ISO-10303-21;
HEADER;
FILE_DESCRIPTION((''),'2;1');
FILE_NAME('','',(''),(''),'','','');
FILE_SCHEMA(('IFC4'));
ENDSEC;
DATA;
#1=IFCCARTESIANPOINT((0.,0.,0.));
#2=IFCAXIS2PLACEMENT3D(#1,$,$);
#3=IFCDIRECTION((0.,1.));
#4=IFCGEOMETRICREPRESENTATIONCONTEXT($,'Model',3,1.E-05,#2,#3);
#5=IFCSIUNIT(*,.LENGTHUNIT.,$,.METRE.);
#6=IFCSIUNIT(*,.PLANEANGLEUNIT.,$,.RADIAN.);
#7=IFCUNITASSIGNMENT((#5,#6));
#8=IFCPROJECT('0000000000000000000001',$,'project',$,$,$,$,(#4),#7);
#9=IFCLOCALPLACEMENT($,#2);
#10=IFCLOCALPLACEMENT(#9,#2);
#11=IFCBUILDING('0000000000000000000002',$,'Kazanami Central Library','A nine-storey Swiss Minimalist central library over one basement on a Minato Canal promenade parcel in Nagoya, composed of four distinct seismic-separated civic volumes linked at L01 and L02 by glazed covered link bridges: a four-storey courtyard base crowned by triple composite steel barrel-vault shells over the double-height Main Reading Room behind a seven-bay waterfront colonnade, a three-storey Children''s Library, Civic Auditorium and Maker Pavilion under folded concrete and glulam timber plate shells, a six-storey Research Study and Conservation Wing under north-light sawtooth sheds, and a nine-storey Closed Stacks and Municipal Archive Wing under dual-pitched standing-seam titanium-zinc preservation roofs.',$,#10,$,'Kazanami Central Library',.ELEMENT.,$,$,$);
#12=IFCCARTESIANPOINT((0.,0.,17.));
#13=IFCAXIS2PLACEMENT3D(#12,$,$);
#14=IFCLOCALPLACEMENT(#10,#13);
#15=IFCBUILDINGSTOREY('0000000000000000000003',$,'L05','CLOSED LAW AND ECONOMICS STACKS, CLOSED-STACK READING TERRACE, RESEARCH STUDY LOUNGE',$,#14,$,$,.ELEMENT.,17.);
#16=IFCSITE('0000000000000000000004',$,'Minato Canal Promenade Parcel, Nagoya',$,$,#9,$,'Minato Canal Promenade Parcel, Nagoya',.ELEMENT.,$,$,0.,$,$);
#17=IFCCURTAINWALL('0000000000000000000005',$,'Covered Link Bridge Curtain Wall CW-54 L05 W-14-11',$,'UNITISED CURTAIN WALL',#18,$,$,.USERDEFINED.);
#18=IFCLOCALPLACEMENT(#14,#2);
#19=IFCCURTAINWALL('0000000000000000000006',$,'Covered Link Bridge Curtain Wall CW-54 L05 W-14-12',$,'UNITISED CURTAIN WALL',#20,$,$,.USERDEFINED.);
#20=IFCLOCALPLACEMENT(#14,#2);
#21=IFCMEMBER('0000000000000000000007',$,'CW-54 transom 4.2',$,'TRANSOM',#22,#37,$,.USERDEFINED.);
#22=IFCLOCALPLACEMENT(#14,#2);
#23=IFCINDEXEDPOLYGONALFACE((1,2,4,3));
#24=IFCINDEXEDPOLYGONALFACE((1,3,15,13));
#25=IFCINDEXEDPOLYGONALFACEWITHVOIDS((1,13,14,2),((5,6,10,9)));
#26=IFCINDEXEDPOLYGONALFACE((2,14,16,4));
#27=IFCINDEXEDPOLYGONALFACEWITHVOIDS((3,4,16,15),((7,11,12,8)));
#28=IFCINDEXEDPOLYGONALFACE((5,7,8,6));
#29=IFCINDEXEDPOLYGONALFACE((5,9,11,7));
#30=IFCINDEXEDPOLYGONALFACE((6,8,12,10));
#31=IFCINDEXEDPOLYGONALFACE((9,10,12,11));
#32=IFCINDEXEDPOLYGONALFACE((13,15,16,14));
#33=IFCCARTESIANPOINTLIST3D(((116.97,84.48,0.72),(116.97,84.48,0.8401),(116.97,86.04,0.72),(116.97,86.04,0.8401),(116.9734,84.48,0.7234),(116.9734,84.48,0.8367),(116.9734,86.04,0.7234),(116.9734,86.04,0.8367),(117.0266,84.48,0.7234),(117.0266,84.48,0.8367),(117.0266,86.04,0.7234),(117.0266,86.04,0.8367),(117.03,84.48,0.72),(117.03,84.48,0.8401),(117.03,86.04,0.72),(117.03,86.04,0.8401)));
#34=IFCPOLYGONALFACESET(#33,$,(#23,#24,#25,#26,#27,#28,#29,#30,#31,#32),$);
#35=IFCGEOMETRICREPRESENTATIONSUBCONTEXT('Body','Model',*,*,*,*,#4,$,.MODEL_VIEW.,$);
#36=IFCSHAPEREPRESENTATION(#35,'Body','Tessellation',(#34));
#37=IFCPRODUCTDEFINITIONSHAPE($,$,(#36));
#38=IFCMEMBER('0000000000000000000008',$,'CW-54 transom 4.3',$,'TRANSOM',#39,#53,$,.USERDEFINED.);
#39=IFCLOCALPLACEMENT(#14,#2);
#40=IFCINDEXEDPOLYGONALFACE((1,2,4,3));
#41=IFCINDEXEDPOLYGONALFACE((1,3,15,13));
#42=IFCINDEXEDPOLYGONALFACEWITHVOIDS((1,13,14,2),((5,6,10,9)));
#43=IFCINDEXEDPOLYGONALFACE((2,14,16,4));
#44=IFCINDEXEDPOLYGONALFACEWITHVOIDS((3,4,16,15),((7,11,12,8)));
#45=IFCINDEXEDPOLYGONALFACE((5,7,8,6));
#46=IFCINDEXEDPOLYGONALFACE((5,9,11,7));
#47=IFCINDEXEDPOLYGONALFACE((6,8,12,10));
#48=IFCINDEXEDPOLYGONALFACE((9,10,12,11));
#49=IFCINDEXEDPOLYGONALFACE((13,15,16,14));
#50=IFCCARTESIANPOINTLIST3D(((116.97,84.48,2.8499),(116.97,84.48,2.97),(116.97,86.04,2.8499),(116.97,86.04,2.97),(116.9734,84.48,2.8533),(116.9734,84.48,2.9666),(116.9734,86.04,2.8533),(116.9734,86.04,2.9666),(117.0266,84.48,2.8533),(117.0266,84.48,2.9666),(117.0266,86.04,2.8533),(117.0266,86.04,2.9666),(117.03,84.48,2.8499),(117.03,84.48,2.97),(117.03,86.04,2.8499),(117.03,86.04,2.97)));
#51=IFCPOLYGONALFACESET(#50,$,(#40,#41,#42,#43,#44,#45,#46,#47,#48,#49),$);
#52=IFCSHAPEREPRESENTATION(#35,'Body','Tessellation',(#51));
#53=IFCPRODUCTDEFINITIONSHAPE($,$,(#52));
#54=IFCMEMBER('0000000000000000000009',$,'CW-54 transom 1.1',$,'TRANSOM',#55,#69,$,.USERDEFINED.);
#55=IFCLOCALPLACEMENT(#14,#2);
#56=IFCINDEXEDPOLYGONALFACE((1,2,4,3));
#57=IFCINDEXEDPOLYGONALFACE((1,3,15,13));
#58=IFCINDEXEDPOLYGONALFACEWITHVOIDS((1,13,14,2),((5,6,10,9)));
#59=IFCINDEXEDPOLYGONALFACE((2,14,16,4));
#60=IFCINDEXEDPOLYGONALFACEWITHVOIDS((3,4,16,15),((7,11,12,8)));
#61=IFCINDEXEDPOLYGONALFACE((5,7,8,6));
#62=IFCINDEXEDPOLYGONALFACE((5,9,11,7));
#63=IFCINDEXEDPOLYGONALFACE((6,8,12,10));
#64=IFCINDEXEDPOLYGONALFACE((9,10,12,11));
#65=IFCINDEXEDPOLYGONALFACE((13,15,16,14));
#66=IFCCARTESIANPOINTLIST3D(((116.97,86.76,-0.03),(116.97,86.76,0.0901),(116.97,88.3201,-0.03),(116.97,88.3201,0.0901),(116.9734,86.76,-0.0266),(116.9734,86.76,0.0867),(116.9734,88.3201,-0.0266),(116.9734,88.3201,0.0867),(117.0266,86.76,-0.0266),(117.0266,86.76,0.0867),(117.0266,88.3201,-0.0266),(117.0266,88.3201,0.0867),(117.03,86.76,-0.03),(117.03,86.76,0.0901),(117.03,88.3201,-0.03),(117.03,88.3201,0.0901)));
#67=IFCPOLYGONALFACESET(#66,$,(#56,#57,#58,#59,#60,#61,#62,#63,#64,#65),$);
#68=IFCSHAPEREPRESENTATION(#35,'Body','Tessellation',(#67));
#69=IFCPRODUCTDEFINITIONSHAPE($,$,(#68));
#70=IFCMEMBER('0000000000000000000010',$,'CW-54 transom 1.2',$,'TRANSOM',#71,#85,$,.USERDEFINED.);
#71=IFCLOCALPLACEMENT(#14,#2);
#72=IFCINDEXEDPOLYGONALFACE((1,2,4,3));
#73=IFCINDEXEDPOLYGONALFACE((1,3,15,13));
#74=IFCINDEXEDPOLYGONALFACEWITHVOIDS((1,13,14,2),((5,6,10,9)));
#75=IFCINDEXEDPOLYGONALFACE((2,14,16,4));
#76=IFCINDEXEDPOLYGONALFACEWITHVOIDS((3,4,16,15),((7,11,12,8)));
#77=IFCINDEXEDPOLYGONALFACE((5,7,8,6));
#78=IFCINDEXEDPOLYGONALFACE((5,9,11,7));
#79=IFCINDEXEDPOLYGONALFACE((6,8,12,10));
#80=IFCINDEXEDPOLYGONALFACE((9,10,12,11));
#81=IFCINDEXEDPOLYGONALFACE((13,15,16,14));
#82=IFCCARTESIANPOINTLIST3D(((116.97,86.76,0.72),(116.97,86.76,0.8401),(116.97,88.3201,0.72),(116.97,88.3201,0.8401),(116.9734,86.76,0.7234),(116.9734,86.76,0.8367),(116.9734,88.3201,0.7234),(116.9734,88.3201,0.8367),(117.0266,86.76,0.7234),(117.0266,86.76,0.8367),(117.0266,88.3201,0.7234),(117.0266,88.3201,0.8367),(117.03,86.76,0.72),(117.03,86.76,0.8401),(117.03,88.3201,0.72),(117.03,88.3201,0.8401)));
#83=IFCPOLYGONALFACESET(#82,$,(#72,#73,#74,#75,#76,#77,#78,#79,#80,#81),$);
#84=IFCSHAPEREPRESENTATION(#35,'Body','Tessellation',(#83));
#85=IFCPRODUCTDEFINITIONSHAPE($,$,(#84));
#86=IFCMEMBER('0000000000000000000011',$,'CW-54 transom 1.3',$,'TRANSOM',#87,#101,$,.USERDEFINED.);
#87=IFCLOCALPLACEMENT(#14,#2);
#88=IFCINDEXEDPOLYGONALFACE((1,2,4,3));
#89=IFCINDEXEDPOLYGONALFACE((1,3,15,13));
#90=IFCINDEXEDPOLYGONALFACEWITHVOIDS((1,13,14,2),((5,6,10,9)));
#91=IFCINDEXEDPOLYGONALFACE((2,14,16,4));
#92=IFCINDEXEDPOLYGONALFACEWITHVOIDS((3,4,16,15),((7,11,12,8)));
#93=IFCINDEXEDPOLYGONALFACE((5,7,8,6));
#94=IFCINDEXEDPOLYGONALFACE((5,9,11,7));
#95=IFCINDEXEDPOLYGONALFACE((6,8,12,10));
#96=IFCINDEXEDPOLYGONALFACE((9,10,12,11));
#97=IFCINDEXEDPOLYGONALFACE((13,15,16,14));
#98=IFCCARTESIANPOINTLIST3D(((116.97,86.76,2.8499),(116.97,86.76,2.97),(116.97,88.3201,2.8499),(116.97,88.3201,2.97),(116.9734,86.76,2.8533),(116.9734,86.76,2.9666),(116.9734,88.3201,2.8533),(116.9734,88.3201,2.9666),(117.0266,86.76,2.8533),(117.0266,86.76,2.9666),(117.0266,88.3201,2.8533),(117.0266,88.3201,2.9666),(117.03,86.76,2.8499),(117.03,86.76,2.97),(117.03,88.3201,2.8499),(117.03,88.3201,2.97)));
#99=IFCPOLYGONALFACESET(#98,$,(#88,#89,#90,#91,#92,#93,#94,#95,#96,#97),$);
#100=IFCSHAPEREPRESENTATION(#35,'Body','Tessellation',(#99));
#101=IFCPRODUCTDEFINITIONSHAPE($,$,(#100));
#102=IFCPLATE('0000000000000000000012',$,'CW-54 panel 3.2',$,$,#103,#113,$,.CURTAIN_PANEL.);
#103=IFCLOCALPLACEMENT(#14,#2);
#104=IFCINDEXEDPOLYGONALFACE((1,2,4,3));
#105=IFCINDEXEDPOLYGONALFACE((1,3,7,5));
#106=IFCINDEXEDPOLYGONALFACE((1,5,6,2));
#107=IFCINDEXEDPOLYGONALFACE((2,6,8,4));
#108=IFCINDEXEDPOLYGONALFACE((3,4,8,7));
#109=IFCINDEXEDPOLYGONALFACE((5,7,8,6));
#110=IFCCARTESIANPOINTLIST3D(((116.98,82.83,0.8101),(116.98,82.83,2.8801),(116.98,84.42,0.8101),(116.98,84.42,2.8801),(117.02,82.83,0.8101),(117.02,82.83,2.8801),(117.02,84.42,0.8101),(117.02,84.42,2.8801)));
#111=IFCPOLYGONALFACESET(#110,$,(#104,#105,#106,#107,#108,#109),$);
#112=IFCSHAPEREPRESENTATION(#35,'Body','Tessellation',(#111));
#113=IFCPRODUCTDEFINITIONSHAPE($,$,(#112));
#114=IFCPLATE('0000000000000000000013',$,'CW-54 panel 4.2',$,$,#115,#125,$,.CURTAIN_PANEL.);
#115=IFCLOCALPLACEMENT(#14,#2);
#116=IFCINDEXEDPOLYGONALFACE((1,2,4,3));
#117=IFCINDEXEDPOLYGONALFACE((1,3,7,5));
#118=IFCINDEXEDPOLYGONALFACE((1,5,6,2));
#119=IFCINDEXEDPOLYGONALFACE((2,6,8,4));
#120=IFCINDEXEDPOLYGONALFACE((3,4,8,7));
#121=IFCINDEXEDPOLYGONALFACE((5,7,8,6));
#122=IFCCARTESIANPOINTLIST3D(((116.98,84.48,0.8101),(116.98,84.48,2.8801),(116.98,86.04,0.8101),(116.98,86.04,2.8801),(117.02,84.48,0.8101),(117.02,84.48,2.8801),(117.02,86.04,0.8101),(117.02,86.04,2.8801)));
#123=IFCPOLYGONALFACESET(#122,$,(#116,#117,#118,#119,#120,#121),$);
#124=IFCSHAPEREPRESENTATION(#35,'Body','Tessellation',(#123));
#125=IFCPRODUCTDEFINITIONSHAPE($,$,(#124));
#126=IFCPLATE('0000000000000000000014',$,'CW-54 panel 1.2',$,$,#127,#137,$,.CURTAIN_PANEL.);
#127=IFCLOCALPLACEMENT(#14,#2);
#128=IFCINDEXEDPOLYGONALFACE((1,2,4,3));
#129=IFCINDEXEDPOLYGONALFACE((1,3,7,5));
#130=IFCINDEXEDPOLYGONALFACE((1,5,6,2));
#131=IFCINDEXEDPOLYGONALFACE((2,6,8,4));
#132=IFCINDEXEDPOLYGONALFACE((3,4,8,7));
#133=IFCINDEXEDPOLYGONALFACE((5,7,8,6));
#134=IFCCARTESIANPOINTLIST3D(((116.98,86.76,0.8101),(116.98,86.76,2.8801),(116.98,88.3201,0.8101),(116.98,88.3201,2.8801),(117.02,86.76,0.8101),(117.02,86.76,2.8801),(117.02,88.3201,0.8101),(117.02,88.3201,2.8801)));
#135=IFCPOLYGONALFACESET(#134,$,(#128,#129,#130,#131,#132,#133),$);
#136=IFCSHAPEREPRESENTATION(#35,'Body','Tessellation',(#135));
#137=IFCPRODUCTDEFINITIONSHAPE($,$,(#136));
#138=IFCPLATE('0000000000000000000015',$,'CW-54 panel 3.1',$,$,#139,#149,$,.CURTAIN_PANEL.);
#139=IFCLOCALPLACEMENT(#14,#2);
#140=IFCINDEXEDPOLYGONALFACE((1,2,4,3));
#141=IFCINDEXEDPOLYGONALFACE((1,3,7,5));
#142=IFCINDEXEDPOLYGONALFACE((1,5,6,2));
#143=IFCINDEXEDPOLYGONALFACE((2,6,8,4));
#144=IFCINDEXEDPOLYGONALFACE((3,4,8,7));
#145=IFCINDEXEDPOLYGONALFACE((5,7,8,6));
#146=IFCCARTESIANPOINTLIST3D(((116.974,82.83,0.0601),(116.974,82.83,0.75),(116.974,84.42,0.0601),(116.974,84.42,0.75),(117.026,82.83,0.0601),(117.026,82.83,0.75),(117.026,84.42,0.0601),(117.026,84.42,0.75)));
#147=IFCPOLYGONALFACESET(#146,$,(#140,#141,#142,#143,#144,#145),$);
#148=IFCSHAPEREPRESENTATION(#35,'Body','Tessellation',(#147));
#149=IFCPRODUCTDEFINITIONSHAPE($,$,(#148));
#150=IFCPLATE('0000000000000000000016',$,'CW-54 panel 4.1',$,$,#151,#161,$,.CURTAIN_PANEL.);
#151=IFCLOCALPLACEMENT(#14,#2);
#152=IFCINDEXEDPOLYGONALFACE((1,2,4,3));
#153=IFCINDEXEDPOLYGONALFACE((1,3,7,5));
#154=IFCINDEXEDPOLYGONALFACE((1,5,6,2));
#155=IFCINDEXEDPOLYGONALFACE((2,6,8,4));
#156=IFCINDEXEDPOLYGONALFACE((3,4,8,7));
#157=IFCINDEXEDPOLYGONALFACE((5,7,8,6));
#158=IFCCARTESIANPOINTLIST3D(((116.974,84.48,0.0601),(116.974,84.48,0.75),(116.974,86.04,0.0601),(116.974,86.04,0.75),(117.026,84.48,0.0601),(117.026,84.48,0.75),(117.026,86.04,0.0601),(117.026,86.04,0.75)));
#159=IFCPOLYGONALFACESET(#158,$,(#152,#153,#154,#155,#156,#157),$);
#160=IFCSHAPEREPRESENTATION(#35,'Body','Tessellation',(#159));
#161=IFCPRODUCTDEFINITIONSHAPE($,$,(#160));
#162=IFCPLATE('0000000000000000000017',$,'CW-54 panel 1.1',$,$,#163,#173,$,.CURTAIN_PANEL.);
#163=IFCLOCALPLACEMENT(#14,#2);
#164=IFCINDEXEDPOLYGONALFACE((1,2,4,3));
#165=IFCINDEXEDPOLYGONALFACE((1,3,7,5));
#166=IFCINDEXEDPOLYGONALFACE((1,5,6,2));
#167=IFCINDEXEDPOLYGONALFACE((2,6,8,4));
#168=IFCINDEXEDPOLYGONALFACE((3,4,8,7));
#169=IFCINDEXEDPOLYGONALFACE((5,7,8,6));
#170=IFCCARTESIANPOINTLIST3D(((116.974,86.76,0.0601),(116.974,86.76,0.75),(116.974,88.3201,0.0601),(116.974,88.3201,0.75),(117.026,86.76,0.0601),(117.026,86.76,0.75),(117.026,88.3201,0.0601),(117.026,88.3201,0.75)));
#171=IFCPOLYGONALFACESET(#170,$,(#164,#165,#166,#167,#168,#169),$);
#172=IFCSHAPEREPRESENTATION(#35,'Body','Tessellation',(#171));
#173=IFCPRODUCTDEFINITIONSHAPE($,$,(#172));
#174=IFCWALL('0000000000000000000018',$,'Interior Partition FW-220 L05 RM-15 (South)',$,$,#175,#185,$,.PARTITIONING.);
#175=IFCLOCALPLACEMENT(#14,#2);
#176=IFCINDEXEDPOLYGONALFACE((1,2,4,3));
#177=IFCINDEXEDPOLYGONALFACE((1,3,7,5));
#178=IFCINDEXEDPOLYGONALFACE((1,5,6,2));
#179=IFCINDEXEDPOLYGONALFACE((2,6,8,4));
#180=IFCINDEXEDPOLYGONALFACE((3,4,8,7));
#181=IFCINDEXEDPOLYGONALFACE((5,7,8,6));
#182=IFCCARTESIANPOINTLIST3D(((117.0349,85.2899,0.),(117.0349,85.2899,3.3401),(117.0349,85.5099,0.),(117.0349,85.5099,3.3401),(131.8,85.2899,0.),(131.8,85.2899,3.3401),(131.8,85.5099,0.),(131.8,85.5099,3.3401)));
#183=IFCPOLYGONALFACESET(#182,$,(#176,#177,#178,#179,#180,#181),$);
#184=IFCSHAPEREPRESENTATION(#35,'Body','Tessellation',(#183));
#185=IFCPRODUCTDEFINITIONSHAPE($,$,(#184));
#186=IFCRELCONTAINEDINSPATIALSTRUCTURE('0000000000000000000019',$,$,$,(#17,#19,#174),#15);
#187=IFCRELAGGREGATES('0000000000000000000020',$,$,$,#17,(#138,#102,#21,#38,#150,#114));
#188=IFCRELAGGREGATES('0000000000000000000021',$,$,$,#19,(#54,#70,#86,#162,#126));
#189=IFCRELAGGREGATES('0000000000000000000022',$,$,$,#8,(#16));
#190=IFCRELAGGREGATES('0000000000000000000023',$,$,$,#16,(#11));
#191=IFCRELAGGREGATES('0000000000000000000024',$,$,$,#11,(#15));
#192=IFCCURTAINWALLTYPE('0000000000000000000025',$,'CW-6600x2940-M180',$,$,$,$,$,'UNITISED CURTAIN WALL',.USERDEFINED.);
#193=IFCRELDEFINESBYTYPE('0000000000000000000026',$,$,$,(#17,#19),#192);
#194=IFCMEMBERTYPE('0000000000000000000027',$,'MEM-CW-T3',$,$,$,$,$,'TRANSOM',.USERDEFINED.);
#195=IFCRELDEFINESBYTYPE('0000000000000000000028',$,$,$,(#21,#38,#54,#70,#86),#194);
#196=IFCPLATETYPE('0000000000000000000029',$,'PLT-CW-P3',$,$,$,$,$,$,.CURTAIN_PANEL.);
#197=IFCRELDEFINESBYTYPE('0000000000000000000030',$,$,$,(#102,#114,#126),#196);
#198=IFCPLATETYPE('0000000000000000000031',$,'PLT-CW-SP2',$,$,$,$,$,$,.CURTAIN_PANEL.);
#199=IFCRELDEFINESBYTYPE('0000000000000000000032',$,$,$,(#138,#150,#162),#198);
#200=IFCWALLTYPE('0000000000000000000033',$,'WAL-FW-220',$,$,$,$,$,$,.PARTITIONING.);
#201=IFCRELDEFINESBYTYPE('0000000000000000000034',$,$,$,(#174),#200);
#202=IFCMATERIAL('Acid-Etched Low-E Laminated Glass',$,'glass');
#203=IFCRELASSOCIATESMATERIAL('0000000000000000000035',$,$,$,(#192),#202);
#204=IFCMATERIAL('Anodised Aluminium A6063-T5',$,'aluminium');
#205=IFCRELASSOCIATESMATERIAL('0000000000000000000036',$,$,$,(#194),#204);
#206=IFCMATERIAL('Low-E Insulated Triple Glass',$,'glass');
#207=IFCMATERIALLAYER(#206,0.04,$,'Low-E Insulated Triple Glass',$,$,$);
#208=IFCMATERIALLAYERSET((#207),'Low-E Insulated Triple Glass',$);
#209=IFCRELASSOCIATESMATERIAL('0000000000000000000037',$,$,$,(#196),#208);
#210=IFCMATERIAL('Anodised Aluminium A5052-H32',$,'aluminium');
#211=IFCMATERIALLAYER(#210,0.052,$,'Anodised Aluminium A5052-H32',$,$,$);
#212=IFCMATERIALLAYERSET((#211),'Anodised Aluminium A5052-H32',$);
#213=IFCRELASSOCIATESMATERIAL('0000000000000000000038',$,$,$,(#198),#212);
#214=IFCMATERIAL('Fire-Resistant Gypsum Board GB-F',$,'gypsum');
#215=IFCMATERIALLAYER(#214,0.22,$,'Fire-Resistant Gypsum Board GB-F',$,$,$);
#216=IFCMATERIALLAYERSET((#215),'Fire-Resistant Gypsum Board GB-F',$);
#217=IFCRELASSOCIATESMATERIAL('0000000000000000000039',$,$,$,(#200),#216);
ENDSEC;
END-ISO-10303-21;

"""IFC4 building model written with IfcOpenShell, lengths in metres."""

from ifc_helpers import new_model, si_unit, direction, frame, frame_2d, origin, origin_2d, place, context, subcontext, project, spatial, rectangle, hollow_rectangle, extrude, material, layer, layer_set, material_profile, profile_set, type_object, element, aggregate, save


model = new_model("IFC4")

# Units and contexts
model_context = context("Model", 3, precision=1e-05, world=origin(), true_north=direction((0.0, 1.0)))
body_context = subcontext(model_context, "Body", "Model", "MODEL_VIEW")
ifc_project = project(units=[si_unit("LENGTHUNIT", "METRE"), si_unit("PLANEANGLEUNIT", "RADIAN")], contexts=[model_context])

# Site, building, storey
site_placement = place(None, origin())
site = spatial("IfcSite", under=ifc_project, at=site_placement, Name="Minato Canal Promenade Parcel, Nagoya", LongName="Minato Canal Promenade Parcel, Nagoya", CompositionType="ELEMENT", RefElevation=0.0)
building_placement = place(site_placement, origin())
building = spatial("IfcBuilding", under=site, at=building_placement, Name="Kazanami Central Library", Description="A nine-storey Swiss Minimalist central library over one basement on a Minato Canal promenade parcel in Nagoya, composed of four distinct seismic-separated civic volumes linked at L01 and L02 by glazed covered link bridges: a four-storey courtyard base crowned by triple composite steel barrel-vault shells over the double-height Main Reading Room behind a seven-bay waterfront colonnade, a three-storey Children's Library, Civic Auditorium and Maker Pavilion under folded concrete and glulam timber plate shells, a six-storey Research Study and Conservation Wing under north-light sawtooth sheds, and a nine-storey Closed Stacks and Municipal Archive Wing under dual-pitched standing-seam titanium-zinc preservation roofs.", LongName="Kazanami Central Library", CompositionType="ELEMENT")
storey_placement = place(building_placement, frame((0.0, 0.0, 17.0)))
storey = spatial("IfcBuildingStorey", under=building, at=storey_placement, Name="L05", Description="CLOSED LAW AND ECONOMICS STACKS, CLOSED-STACK READING TERRACE, RESEARCH STUDY LOUNGE", CompositionType="ELEMENT", Elevation=17.0)

# Curtain wall
ifc_material_1 = material(Name="Acid-Etched Low-E Laminated Glass", Category="glass")
curtain_wall_type = type_object("IfcCurtainWallType", Name="CW-6600x2940-M180", ElementType="UNITISED CURTAIN WALL", PredefinedType="USERDEFINED", material=ifc_material_1)
curtain_wall_1_placement = place(storey_placement, origin())
curtain_wall_1 = element("IfcCurtainWall", 1, at=curtain_wall_1_placement, inside=storey, type_object=curtain_wall_type, Name="Covered Link Bridge Curtain Wall CW-54 L05 W-14-11", ObjectType="UNITISED CURTAIN WALL", PredefinedType="USERDEFINED")
ifc_material_2 = material(Name="Anodised Aluminium A6063-T5", Category="aluminium")

# Curtain wall
curtain_wall_2_placement = place(storey_placement, origin())
curtain_wall_2 = element("IfcCurtainWall", 2, at=curtain_wall_2_placement, inside=storey, type_object=curtain_wall_type, Name="Covered Link Bridge Curtain Wall CW-54 L05 W-14-12", ObjectType="UNITISED CURTAIN WALL", PredefinedType="USERDEFINED")

# Members
ifc_material_profile_1 = material_profile(ifc_material_2, hollow_rectangle(XDim=0.0601, YDim=0.1201, WallThickness=0.0034, at=origin_2d()), Name="ALU-TRAN-60x120x3.5")
ifc_profile_set_1 = profile_set([ifc_material_profile_1], Name="Anodised Aluminium A6063-T5")
member_type_1 = type_object("IfcMemberType", Name="MEM-CW-T3", ElementType="TRANSOM", PredefinedType="USERDEFINED", material=ifc_profile_set_1)
member_1_placement = place(storey_placement, frame((117.0, 84.48, 0.78), z_axis=(0.0, 1.0, 0.0), x_axis=(-1.0, 0.0, 0.0)))
member_1 = element("IfcMember", 3, at=member_1_placement, type_object=member_type_1, Name="CW-54 transom 4.2", ObjectType="TRANSOM", PredefinedType="USERDEFINED", context=body_context, shape_type="SweptSolid", body=[
    extrude(hollow_rectangle(XDim=0.0601, YDim=0.1201, WallThickness=0.0034, at=origin_2d()), origin(), (0.0, 0.0, 1.0), 1.5601),
])
member_2_placement = place(storey_placement, frame((117.0, 84.48, 2.9099), z_axis=(0.0, 1.0, 0.0), x_axis=(-1.0, 0.0, 0.0)))
member_2 = element("IfcMember", 4, at=member_2_placement, type_object=member_type_1, Name="CW-54 transom 4.3", ObjectType="TRANSOM", PredefinedType="USERDEFINED", context=body_context, shape_type="SweptSolid", body=[
    extrude(hollow_rectangle(XDim=0.0601, YDim=0.1201, WallThickness=0.0034, at=origin_2d()), origin(), (0.0, 0.0, 1.0), 1.5601),
])
member_3_placement = place(storey_placement, frame((117.0, 86.76, 0.03), z_axis=(0.0, 1.0, 0.0), x_axis=(-1.0, 0.0, 0.0)))
member_3 = element("IfcMember", 5, at=member_3_placement, type_object=member_type_1, Name="CW-54 transom 1.1", ObjectType="TRANSOM", PredefinedType="USERDEFINED", context=body_context, shape_type="SweptSolid", body=[
    extrude(hollow_rectangle(XDim=0.0601, YDim=0.1201, WallThickness=0.0034, at=origin_2d()), origin(), (0.0, 0.0, 1.0), 1.5601),
])
member_4_placement = place(storey_placement, frame((117.0, 86.76, 0.78), z_axis=(0.0, 1.0, 0.0), x_axis=(-1.0, 0.0, 0.0)))
member_4 = element("IfcMember", 6, at=member_4_placement, type_object=member_type_1, Name="CW-54 transom 1.2", ObjectType="TRANSOM", PredefinedType="USERDEFINED", context=body_context, shape_type="SweptSolid", body=[
    extrude(hollow_rectangle(XDim=0.0601, YDim=0.1201, WallThickness=0.0034, at=origin_2d()), origin(), (0.0, 0.0, 1.0), 1.5601),
])
member_5_placement = place(storey_placement, frame((117.0, 86.76, 2.9099), z_axis=(0.0, 1.0, 0.0), x_axis=(-1.0, 0.0, 0.0)))
member_5 = element("IfcMember", 7, at=member_5_placement, type_object=member_type_1, Name="CW-54 transom 1.3", ObjectType="TRANSOM", PredefinedType="USERDEFINED", context=body_context, shape_type="SweptSolid", body=[
    extrude(hollow_rectangle(XDim=0.0601, YDim=0.1201, WallThickness=0.0034, at=origin_2d()), origin(), (0.0, 0.0, 1.0), 1.5601),
])

# Plates
ifc_material_3 = material(Name="Low-E Insulated Triple Glass", Category="glass")
ifc_layer_1 = layer(ifc_material_3, 0.04, Name="Low-E Insulated Triple Glass")
ifc_layer_set_1 = layer_set([ifc_layer_1], Name="Low-E Insulated Triple Glass")
plate_type_1 = type_object("IfcPlateType", Name="PLT-CW-P3", PredefinedType="CURTAIN_PANEL", material=ifc_layer_set_1)
plate_1_placement = place(storey_placement, frame((117.0, 83.625, 0.8101), z_axis=(0.0, 0.0, 1.0), x_axis=(0.0, 1.0, 0.0)))
plate_1 = element("IfcPlate", 8, at=plate_1_placement, type_object=plate_type_1, Name="CW-54 panel 3.2", PredefinedType="CURTAIN_PANEL", context=body_context, shape_type="SweptSolid", body=[
    extrude(rectangle(XDim=1.5901, YDim=0.04, at=origin_2d()), origin(), (0.0, 0.0, 1.0), 2.0701),
])
plate_2_placement = place(storey_placement, frame((117.0, 85.26, 0.8101), z_axis=(0.0, 0.0, 1.0), x_axis=(0.0, 1.0, 0.0)))
plate_2 = element("IfcPlate", 9, at=plate_2_placement, type_object=plate_type_1, Name="CW-54 panel 4.2", PredefinedType="CURTAIN_PANEL", context=body_context, shape_type="SweptSolid", body=[
    extrude(rectangle(XDim=1.5601, YDim=0.04, at=origin_2d()), origin(), (0.0, 0.0, 1.0), 2.0701),
])
plate_3_placement = place(storey_placement, frame((117.0, 87.54, 0.8101), z_axis=(0.0, 0.0, 1.0), x_axis=(0.0, 1.0, 0.0)))
plate_3 = element("IfcPlate", 10, at=plate_3_placement, type_object=plate_type_1, Name="CW-54 panel 1.2", PredefinedType="CURTAIN_PANEL", context=body_context, shape_type="SweptSolid", body=[
    extrude(rectangle(XDim=1.5601, YDim=0.04, at=origin_2d()), origin(), (0.0, 0.0, 1.0), 2.0701),
])
ifc_material_4 = material(Name="Anodised Aluminium A5052-H32", Category="aluminium")
ifc_layer_2 = layer(ifc_material_4, 0.052, Name="Anodised Aluminium A5052-H32")
ifc_layer_set_2 = layer_set([ifc_layer_2], Name="Anodised Aluminium A5052-H32")
plate_type_2 = type_object("IfcPlateType", Name="PLT-CW-SP2", PredefinedType="CURTAIN_PANEL", material=ifc_layer_set_2)
plate_4_placement = place(storey_placement, frame((117.0, 83.625, 0.0601), z_axis=(0.0, 0.0, 1.0), x_axis=(0.0, 1.0, 0.0)))
plate_4 = element("IfcPlate", 11, at=plate_4_placement, type_object=plate_type_2, Name="CW-54 panel 3.1", PredefinedType="CURTAIN_PANEL", context=body_context, shape_type="SweptSolid", body=[
    extrude(rectangle(XDim=1.5901, YDim=0.052, at=origin_2d()), origin(), (0.0, 0.0, 1.0), 0.6899),
])
plate_5_placement = place(storey_placement, frame((117.0, 85.26, 0.0601), z_axis=(0.0, 0.0, 1.0), x_axis=(0.0, 1.0, 0.0)))
plate_5 = element("IfcPlate", 12, at=plate_5_placement, type_object=plate_type_2, Name="CW-54 panel 4.1", PredefinedType="CURTAIN_PANEL", context=body_context, shape_type="SweptSolid", body=[
    extrude(rectangle(XDim=1.5601, YDim=0.052, at=origin_2d()), origin(), (0.0, 0.0, 1.0), 0.6899),
])
aggregate(curtain_wall_1, [plate_4, plate_1, member_1, member_2, plate_5, plate_2])
plate_6_placement = place(storey_placement, frame((117.0, 87.54, 0.0601), z_axis=(0.0, 0.0, 1.0), x_axis=(0.0, 1.0, 0.0)))
plate_6 = element("IfcPlate", 13, at=plate_6_placement, type_object=plate_type_2, Name="CW-54 panel 1.1", PredefinedType="CURTAIN_PANEL", context=body_context, shape_type="SweptSolid", body=[
    extrude(rectangle(XDim=1.5601, YDim=0.052, at=origin_2d()), origin(), (0.0, 0.0, 1.0), 0.6899),
])
aggregate(curtain_wall_2, [member_3, member_4, member_5, plate_6, plate_3])

# Wall
ifc_material_5 = material(Name="Fire-Resistant Gypsum Board GB-F", Category="gypsum")
ifc_layer_3 = layer(ifc_material_5, 0.22, Name="Fire-Resistant Gypsum Board GB-F")
ifc_layer_set_3 = layer_set([ifc_layer_3], Name="Fire-Resistant Gypsum Board GB-F")
wall_type_1 = type_object("IfcWallType", Name="WAL-FW-220", PredefinedType="PARTITIONING", material=ifc_layer_set_3)
wall_1_placement = place(storey_placement, frame((117.0349, 85.3999, 0.0), z_axis=(0.0, 0.0, 1.0), x_axis=(1.0, 0.0, 0.0)))
element("IfcWall", 14, at=wall_1_placement, inside=storey, type_object=wall_type_1, Name="Interior Partition FW-220 L05 RM-15 (South)", PredefinedType="PARTITIONING", context=body_context, shape_type="SweptSolid", body=[
    extrude(rectangle(XDim=14.7651, YDim=0.22, at=frame_2d((7.3826, 0.0))), origin(), (0.0, 0.0, 1.0), 3.3401),
])

save(model, "model.ifc")
